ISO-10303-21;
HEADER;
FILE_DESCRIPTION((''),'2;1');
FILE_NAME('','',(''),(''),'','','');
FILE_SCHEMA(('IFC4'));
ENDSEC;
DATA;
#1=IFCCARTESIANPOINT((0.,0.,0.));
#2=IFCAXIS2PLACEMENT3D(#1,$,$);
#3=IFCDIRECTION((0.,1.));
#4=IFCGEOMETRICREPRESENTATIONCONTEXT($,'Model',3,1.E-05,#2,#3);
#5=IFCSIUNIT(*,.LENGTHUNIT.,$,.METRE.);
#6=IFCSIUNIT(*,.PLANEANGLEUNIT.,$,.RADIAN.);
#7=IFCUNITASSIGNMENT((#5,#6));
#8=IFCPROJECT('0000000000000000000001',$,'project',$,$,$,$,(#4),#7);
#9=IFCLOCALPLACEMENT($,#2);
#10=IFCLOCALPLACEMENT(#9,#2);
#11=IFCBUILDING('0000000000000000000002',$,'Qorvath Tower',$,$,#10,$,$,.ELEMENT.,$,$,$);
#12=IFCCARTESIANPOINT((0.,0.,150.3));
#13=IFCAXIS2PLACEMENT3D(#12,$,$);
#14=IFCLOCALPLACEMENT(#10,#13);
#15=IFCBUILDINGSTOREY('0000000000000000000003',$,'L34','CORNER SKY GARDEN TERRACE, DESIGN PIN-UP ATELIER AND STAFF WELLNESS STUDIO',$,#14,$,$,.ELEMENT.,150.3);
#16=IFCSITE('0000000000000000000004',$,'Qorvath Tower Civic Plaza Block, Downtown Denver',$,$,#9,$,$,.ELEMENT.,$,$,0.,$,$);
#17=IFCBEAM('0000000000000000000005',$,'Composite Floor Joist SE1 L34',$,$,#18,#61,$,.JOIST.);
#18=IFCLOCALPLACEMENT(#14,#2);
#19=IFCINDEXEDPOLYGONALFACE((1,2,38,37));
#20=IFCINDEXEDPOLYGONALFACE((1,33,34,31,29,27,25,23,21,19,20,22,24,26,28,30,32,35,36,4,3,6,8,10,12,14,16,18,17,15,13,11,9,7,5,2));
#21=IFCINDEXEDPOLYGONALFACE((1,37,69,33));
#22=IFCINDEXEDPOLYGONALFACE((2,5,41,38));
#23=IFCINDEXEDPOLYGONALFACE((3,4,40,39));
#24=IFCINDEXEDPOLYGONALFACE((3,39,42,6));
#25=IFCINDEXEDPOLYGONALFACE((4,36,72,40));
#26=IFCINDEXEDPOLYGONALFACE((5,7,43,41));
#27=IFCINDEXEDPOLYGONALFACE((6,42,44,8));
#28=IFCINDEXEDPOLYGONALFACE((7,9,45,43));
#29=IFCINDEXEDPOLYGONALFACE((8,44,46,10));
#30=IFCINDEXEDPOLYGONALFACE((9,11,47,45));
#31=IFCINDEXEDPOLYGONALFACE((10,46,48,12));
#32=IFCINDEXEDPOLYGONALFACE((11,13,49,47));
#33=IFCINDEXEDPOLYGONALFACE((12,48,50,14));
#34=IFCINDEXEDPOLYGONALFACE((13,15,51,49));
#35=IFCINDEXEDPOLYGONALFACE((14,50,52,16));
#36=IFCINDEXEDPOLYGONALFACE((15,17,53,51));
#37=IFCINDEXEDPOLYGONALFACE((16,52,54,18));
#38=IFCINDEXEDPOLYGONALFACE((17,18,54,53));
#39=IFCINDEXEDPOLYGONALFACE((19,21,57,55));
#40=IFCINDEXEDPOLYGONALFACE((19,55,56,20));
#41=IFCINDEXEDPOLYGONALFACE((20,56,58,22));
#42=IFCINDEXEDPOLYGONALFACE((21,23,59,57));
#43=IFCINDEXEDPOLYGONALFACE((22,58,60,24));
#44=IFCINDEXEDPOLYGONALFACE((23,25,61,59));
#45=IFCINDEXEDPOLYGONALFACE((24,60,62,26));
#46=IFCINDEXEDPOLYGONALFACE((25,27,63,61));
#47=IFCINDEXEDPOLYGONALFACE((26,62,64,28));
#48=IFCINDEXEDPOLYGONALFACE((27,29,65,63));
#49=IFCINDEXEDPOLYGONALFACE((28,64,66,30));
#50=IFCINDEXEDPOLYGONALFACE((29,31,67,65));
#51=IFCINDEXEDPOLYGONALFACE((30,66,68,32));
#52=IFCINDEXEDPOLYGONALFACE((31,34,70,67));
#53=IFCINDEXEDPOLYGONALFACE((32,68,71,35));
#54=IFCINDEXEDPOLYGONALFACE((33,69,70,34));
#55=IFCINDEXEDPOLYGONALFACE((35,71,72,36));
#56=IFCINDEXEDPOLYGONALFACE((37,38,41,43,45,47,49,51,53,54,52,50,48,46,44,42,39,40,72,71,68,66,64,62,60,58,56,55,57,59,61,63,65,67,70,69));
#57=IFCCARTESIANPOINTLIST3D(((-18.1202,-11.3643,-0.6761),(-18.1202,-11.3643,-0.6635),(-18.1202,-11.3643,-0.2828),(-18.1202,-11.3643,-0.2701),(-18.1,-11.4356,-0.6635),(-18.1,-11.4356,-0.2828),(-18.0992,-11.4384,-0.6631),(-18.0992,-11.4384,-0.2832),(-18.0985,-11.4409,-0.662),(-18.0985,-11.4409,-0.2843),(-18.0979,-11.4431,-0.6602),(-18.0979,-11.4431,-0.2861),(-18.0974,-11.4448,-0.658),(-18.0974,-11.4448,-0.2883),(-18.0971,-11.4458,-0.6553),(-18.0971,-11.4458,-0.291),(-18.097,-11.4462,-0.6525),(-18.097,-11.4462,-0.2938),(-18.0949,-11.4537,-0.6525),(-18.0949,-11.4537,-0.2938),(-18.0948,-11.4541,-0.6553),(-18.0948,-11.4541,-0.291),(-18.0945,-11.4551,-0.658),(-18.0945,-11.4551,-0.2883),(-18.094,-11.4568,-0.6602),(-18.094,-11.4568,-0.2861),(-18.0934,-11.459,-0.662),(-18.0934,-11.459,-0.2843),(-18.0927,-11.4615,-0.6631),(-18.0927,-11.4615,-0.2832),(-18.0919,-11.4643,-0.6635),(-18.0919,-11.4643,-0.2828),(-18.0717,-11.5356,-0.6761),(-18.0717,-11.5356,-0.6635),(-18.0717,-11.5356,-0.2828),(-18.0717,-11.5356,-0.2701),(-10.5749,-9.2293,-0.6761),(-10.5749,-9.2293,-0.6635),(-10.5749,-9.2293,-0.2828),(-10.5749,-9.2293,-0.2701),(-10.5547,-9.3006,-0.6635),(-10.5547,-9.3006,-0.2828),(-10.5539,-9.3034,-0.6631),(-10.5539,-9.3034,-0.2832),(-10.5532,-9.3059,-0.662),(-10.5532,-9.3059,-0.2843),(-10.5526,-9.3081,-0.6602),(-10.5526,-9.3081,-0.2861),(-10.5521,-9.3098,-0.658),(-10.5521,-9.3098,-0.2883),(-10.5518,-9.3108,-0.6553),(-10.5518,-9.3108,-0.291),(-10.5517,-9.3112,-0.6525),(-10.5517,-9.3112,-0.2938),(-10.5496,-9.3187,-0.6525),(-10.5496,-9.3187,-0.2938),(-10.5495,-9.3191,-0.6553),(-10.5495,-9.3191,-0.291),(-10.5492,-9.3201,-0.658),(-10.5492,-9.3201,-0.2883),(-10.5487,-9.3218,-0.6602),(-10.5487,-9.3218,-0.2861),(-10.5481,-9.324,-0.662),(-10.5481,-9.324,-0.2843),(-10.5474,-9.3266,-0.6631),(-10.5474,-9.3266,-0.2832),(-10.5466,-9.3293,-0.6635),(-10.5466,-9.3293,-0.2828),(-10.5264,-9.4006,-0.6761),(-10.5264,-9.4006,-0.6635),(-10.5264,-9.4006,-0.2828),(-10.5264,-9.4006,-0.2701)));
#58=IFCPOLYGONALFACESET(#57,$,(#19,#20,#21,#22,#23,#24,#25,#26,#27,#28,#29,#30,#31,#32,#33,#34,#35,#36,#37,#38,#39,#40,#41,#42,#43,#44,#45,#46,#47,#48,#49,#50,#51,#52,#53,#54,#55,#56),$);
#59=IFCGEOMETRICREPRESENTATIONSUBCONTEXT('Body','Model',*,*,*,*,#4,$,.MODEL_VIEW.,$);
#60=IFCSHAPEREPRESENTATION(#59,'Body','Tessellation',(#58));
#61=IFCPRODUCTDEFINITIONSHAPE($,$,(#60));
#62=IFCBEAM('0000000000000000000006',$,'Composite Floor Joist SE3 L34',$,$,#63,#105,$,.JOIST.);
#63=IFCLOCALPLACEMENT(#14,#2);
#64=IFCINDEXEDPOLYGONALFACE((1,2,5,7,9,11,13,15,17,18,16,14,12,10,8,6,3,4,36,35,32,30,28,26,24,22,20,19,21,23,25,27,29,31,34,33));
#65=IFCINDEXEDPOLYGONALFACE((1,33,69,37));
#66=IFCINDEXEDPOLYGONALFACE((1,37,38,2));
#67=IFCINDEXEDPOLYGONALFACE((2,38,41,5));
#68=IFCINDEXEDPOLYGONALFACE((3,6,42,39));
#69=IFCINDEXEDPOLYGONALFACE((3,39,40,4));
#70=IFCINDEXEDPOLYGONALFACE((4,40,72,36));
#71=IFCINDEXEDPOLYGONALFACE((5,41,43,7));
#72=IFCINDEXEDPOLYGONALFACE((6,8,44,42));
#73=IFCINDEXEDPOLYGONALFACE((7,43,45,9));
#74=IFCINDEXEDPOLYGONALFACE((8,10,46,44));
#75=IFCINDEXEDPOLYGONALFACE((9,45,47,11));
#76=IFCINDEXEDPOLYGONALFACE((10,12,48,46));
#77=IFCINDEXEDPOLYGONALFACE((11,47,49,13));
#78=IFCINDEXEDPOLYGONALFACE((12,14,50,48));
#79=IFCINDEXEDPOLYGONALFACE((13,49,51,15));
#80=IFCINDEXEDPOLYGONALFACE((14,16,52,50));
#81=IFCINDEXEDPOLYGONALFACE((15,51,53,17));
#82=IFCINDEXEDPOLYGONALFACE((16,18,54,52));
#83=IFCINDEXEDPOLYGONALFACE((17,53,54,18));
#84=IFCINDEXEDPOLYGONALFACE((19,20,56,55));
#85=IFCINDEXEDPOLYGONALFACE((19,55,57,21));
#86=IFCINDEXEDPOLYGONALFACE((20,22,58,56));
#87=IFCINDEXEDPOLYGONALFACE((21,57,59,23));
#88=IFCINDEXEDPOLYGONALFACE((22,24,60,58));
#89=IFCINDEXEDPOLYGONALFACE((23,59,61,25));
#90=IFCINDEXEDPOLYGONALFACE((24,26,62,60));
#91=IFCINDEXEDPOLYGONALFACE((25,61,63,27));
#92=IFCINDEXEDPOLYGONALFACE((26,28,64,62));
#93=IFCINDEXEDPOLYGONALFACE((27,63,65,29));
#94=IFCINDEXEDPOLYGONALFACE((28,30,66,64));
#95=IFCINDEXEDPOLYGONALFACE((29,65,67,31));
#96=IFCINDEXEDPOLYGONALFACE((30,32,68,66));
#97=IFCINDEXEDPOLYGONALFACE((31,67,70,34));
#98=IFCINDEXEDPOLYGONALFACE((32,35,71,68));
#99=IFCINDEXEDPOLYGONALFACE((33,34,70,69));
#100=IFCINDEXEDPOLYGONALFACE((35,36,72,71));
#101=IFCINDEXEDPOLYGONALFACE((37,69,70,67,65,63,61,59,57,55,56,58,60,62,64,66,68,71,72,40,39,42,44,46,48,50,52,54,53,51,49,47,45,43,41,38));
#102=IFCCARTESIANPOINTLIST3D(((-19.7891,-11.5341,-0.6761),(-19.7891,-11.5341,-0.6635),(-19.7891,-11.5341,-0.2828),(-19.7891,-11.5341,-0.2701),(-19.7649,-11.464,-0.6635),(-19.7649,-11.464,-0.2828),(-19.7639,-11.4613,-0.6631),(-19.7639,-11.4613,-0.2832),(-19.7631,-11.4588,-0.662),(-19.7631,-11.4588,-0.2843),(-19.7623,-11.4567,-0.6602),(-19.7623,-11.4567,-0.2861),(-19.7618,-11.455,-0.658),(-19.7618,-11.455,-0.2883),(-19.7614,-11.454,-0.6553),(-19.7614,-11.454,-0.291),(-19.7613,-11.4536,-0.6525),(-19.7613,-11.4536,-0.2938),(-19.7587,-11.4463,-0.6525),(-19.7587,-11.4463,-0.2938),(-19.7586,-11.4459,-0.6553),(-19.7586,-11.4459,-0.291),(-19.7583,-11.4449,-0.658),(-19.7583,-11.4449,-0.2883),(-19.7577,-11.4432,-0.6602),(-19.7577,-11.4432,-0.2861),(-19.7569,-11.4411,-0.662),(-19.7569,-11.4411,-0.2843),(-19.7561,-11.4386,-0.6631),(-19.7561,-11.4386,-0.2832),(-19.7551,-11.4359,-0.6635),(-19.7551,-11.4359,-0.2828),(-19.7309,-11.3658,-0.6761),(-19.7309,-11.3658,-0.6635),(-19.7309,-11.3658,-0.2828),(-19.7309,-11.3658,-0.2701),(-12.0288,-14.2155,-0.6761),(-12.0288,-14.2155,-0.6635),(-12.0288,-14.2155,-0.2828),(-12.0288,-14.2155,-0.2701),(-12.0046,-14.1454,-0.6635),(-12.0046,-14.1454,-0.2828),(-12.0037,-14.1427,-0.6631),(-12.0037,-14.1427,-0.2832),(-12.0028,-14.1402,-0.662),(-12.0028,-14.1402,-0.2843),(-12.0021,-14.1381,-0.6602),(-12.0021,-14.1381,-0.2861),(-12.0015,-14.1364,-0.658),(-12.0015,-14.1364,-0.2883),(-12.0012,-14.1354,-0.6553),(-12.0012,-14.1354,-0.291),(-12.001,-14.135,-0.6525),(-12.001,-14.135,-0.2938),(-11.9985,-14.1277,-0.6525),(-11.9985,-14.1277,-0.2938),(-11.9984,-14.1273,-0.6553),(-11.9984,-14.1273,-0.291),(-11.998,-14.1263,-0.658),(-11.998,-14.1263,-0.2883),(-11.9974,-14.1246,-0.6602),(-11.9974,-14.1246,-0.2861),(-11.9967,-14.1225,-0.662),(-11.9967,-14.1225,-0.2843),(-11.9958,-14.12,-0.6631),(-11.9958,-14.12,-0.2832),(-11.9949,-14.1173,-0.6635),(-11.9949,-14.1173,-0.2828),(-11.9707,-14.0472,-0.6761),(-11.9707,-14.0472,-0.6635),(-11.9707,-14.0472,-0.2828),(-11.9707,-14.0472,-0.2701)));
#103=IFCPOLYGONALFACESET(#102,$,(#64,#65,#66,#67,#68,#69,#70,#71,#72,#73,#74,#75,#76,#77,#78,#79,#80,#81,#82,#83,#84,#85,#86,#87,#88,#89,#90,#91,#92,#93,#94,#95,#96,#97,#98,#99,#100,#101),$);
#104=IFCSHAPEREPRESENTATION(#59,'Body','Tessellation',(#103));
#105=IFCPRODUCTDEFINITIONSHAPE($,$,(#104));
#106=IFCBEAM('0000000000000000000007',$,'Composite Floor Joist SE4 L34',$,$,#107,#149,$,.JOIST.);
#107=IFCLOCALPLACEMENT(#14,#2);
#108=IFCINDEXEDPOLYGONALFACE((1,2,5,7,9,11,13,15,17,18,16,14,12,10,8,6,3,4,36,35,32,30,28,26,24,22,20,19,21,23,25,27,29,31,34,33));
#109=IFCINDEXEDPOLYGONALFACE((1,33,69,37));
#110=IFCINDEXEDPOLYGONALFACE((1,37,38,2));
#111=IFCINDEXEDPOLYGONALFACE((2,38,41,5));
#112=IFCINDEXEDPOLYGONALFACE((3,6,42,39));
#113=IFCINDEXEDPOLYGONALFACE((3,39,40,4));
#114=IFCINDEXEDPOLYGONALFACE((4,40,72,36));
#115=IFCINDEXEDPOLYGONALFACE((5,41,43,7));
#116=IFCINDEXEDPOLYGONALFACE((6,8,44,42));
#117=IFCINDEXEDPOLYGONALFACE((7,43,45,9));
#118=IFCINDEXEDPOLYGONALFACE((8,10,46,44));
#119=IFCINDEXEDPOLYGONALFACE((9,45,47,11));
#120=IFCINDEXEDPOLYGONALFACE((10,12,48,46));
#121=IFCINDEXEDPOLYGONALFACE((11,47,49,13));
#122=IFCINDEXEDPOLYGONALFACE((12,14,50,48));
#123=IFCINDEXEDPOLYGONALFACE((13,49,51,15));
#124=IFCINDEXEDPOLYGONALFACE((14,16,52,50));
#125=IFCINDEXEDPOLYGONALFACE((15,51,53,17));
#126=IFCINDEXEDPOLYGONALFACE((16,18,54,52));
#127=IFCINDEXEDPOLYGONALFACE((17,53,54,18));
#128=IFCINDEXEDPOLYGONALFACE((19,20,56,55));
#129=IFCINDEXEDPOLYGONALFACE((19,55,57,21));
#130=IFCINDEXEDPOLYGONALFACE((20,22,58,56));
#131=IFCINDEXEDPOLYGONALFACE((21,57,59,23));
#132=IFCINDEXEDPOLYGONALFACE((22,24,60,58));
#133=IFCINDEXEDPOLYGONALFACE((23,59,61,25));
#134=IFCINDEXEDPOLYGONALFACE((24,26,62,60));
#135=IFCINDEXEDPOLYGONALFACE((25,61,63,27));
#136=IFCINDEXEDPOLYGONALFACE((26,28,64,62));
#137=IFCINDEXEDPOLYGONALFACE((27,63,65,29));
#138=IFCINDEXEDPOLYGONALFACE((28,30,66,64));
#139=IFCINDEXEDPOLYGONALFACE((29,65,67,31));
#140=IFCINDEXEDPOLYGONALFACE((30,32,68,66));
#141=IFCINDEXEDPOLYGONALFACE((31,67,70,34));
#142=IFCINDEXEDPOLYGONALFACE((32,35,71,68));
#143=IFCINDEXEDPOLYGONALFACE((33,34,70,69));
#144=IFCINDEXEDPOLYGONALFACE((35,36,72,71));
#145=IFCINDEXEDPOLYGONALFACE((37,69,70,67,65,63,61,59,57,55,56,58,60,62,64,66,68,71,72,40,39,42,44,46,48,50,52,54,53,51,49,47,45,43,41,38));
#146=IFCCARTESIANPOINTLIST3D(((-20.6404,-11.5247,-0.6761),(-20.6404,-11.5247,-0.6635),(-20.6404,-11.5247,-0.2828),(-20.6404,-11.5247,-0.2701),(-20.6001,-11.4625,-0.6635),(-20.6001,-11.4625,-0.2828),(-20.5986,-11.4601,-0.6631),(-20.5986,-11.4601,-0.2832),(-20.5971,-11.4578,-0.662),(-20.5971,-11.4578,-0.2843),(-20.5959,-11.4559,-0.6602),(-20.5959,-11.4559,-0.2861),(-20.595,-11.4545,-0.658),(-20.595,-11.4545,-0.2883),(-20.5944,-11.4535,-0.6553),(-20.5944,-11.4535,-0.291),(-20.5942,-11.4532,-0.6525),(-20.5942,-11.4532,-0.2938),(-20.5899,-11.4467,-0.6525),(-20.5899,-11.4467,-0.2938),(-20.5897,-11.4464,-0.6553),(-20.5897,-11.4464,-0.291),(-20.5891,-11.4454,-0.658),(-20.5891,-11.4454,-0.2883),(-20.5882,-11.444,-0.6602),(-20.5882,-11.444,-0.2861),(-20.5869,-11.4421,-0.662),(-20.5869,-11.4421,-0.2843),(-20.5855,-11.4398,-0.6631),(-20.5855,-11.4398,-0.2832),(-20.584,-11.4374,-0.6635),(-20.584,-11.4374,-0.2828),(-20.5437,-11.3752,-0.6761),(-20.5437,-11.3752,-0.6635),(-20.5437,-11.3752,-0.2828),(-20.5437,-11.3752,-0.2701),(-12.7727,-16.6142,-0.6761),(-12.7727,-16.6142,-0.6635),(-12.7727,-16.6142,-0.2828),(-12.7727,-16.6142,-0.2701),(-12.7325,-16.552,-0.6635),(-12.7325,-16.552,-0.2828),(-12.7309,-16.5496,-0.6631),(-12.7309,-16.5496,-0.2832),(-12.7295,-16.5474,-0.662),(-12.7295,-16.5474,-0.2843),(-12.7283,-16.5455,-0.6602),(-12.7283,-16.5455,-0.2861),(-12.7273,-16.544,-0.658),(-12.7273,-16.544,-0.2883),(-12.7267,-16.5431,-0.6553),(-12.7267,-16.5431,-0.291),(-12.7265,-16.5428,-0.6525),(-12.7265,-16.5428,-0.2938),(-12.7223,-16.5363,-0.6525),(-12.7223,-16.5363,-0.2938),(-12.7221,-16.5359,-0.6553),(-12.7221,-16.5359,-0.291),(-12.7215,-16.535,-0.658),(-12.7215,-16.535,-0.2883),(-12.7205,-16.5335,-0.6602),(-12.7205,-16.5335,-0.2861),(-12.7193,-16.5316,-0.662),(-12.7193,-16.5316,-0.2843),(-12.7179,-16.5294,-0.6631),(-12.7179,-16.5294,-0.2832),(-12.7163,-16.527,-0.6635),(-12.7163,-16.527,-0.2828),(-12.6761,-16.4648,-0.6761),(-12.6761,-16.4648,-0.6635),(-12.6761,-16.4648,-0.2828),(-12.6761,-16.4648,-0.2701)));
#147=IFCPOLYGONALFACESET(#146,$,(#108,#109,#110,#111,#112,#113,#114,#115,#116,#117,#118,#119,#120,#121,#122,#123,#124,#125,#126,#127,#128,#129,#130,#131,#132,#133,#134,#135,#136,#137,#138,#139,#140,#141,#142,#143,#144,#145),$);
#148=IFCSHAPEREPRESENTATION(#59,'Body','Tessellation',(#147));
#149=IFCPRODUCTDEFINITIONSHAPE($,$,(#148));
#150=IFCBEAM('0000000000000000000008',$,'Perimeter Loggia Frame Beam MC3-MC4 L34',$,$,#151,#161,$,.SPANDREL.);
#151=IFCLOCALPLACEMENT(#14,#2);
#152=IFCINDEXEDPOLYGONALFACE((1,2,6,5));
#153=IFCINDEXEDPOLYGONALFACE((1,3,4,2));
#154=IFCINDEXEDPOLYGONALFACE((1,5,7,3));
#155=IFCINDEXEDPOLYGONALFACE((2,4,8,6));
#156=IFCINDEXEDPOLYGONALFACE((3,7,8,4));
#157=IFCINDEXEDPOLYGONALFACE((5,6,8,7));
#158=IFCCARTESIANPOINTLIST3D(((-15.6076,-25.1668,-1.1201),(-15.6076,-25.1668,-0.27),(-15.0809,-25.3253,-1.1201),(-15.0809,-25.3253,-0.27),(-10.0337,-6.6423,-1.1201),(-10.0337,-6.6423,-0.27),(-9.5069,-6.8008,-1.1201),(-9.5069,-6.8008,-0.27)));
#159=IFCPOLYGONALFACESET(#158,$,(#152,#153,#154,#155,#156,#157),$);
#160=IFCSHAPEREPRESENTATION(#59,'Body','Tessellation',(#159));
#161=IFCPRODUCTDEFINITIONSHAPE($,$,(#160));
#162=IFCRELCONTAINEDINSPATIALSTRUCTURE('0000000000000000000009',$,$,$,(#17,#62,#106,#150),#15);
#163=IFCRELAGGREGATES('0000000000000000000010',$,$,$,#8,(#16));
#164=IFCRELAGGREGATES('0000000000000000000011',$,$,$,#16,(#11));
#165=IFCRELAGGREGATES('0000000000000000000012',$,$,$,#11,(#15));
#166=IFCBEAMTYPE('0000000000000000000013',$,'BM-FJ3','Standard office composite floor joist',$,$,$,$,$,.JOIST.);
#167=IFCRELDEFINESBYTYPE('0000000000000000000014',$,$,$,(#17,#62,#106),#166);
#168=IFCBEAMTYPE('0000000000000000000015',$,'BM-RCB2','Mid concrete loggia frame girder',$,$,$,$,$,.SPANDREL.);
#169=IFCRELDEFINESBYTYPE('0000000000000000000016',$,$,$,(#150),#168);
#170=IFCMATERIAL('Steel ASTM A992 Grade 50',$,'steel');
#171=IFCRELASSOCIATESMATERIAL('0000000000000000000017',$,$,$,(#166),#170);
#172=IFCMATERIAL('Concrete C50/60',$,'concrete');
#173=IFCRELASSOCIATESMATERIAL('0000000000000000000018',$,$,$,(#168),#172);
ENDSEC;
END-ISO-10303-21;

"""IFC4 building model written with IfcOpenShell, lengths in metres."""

from ifc_helpers import new_model, si_unit, direction, frame, origin, origin_2d, place, context, subcontext, project, spatial, rectangle, i_section, extrude, material, material_profile, profile_set, type_object, element, save


model = new_model("IFC4")

# Units and contexts
model_context = context("Model", 3, precision=1e-05, world=origin(), true_north=direction((0.0, 1.0)))
body_context = subcontext(model_context, "Body", "Model", "MODEL_VIEW")
ifc_project = project(units=[si_unit("LENGTHUNIT", "METRE"), si_unit("PLANEANGLEUNIT", "RADIAN")], contexts=[model_context])

# Site, building, storey
site_placement = place(None, origin())
site = spatial("IfcSite", under=ifc_project, at=site_placement, Name="Qorvath Tower Civic Plaza Block, Downtown Denver", CompositionType="ELEMENT", RefElevation=0.0)
building_placement = place(site_placement, origin())
building = spatial("IfcBuilding", under=site, at=building_placement, Name="Qorvath Tower", CompositionType="ELEMENT")
storey_placement = place(building_placement, frame((0.0, 0.0, 150.3)))
storey = spatial("IfcBuildingStorey", under=building, at=storey_placement, Name="L34", Description="CORNER SKY GARDEN TERRACE, DESIGN PIN-UP ATELIER AND STAFF WELLNESS STUDIO", CompositionType="ELEMENT", Elevation=150.3)

# Beams
ifc_material_1 = material(Name="Steel ASTM A992 Grade 50", Category="steel")
ifc_material_profile_1 = material_profile(ifc_material_1, i_section(OverallWidth=0.178, OverallDepth=0.406, WebThickness=0.0078, FlangeThickness=0.0127, FilletRadius=0.011, at=origin_2d()), Name="W16x40")
ifc_profile_set_1 = profile_set([ifc_material_profile_1], Name="Steel ASTM A992 Grade 50")
beam_type_1 = type_object("IfcBeamType", Name="BM-FJ3", Description="Standard office composite floor joist", PredefinedType="JOIST", material=ifc_profile_set_1)
beam_1_placement = place(storey_placement, frame((-18.0959, -11.45, -0.4731), z_axis=(0.962222, 0.272265, 0.0), x_axis=(-0.272265, 0.962222, 0.0)))
element("IfcBeam", 1, at=beam_1_placement, inside=storey, type_object=beam_type_1, Name="Composite Floor Joist SE1 L34", PredefinedType="JOIST", context=body_context, shape_type="SweptSolid", body=[
    extrude(i_section(OverallWidth=0.178, OverallDepth=0.406, WebThickness=0.0078, FlangeThickness=0.0127, FilletRadius=0.011, at=origin_2d()), origin(), (0.0, 0.0, 1.0), 7.8416),
])
beam_2_placement = place(storey_placement, frame((-19.76, -11.45, -0.4731), z_axis=(0.945168, -0.326584, 0.0), x_axis=(0.326584, 0.945168, 0.0)))
element("IfcBeam", 2, at=beam_2_placement, inside=storey, type_object=beam_type_1, Name="Composite Floor Joist SE3 L34", PredefinedType="JOIST", context=body_context, shape_type="SweptSolid", body=[
    extrude(i_section(OverallWidth=0.178, OverallDepth=0.406, WebThickness=0.0078, FlangeThickness=0.0127, FilletRadius=0.011, at=origin_2d()), origin(), (0.0, 0.0, 1.0), 8.2104),
])
beam_3_placement = place(storey_placement, frame((-20.592, -11.45, -0.4731), z_axis=(0.839631, -0.543157, 0.0), x_axis=(0.543157, 0.839631, 0.0)))
element("IfcBeam", 3, at=beam_3_placement, inside=storey, type_object=beam_type_1, Name="Composite Floor Joist SE4 L34", PredefinedType="JOIST", context=body_context, shape_type="SweptSolid", body=[
    extrude(i_section(OverallWidth=0.178, OverallDepth=0.406, WebThickness=0.0078, FlangeThickness=0.0127, FilletRadius=0.011, at=origin_2d()), origin(), (0.0, 0.0, 1.0), 9.3704),
])
ifc_material_2 = material(Name="Concrete C50/60", Category="concrete")
ifc_material_profile_2 = material_profile(ifc_material_2, rectangle(XDim=0.55, YDim=0.8501, at=origin_2d()), Name="RCB 850x550")
ifc_profile_set_2 = profile_set([ifc_material_profile_2], Name="Concrete C50/60")
beam_type_2 = type_object("IfcBeamType", Name="BM-RCB2", Description="Mid concrete loggia frame girder", PredefinedType="SPANDREL", material=ifc_profile_set_2)
beam_4_placement = place(storey_placement, frame((-15.3442, -25.2461, -0.6951), z_axis=(0.288134, 0.95759, 0.0), x_axis=(-0.95759, 0.288134, 0.0)))
element("IfcBeam", 4, at=beam_4_placement, inside=storey, type_object=beam_type_2, Name="Perimeter Loggia Frame Beam MC3-MC4 L34", PredefinedType="SPANDREL", context=body_context, shape_type="SweptSolid", body=[
    extrude(rectangle(XDim=0.55, YDim=0.8501, at=origin_2d()), origin(), (0.0, 0.0, 1.0), 19.345),
])

save(model, "model.ifc")
